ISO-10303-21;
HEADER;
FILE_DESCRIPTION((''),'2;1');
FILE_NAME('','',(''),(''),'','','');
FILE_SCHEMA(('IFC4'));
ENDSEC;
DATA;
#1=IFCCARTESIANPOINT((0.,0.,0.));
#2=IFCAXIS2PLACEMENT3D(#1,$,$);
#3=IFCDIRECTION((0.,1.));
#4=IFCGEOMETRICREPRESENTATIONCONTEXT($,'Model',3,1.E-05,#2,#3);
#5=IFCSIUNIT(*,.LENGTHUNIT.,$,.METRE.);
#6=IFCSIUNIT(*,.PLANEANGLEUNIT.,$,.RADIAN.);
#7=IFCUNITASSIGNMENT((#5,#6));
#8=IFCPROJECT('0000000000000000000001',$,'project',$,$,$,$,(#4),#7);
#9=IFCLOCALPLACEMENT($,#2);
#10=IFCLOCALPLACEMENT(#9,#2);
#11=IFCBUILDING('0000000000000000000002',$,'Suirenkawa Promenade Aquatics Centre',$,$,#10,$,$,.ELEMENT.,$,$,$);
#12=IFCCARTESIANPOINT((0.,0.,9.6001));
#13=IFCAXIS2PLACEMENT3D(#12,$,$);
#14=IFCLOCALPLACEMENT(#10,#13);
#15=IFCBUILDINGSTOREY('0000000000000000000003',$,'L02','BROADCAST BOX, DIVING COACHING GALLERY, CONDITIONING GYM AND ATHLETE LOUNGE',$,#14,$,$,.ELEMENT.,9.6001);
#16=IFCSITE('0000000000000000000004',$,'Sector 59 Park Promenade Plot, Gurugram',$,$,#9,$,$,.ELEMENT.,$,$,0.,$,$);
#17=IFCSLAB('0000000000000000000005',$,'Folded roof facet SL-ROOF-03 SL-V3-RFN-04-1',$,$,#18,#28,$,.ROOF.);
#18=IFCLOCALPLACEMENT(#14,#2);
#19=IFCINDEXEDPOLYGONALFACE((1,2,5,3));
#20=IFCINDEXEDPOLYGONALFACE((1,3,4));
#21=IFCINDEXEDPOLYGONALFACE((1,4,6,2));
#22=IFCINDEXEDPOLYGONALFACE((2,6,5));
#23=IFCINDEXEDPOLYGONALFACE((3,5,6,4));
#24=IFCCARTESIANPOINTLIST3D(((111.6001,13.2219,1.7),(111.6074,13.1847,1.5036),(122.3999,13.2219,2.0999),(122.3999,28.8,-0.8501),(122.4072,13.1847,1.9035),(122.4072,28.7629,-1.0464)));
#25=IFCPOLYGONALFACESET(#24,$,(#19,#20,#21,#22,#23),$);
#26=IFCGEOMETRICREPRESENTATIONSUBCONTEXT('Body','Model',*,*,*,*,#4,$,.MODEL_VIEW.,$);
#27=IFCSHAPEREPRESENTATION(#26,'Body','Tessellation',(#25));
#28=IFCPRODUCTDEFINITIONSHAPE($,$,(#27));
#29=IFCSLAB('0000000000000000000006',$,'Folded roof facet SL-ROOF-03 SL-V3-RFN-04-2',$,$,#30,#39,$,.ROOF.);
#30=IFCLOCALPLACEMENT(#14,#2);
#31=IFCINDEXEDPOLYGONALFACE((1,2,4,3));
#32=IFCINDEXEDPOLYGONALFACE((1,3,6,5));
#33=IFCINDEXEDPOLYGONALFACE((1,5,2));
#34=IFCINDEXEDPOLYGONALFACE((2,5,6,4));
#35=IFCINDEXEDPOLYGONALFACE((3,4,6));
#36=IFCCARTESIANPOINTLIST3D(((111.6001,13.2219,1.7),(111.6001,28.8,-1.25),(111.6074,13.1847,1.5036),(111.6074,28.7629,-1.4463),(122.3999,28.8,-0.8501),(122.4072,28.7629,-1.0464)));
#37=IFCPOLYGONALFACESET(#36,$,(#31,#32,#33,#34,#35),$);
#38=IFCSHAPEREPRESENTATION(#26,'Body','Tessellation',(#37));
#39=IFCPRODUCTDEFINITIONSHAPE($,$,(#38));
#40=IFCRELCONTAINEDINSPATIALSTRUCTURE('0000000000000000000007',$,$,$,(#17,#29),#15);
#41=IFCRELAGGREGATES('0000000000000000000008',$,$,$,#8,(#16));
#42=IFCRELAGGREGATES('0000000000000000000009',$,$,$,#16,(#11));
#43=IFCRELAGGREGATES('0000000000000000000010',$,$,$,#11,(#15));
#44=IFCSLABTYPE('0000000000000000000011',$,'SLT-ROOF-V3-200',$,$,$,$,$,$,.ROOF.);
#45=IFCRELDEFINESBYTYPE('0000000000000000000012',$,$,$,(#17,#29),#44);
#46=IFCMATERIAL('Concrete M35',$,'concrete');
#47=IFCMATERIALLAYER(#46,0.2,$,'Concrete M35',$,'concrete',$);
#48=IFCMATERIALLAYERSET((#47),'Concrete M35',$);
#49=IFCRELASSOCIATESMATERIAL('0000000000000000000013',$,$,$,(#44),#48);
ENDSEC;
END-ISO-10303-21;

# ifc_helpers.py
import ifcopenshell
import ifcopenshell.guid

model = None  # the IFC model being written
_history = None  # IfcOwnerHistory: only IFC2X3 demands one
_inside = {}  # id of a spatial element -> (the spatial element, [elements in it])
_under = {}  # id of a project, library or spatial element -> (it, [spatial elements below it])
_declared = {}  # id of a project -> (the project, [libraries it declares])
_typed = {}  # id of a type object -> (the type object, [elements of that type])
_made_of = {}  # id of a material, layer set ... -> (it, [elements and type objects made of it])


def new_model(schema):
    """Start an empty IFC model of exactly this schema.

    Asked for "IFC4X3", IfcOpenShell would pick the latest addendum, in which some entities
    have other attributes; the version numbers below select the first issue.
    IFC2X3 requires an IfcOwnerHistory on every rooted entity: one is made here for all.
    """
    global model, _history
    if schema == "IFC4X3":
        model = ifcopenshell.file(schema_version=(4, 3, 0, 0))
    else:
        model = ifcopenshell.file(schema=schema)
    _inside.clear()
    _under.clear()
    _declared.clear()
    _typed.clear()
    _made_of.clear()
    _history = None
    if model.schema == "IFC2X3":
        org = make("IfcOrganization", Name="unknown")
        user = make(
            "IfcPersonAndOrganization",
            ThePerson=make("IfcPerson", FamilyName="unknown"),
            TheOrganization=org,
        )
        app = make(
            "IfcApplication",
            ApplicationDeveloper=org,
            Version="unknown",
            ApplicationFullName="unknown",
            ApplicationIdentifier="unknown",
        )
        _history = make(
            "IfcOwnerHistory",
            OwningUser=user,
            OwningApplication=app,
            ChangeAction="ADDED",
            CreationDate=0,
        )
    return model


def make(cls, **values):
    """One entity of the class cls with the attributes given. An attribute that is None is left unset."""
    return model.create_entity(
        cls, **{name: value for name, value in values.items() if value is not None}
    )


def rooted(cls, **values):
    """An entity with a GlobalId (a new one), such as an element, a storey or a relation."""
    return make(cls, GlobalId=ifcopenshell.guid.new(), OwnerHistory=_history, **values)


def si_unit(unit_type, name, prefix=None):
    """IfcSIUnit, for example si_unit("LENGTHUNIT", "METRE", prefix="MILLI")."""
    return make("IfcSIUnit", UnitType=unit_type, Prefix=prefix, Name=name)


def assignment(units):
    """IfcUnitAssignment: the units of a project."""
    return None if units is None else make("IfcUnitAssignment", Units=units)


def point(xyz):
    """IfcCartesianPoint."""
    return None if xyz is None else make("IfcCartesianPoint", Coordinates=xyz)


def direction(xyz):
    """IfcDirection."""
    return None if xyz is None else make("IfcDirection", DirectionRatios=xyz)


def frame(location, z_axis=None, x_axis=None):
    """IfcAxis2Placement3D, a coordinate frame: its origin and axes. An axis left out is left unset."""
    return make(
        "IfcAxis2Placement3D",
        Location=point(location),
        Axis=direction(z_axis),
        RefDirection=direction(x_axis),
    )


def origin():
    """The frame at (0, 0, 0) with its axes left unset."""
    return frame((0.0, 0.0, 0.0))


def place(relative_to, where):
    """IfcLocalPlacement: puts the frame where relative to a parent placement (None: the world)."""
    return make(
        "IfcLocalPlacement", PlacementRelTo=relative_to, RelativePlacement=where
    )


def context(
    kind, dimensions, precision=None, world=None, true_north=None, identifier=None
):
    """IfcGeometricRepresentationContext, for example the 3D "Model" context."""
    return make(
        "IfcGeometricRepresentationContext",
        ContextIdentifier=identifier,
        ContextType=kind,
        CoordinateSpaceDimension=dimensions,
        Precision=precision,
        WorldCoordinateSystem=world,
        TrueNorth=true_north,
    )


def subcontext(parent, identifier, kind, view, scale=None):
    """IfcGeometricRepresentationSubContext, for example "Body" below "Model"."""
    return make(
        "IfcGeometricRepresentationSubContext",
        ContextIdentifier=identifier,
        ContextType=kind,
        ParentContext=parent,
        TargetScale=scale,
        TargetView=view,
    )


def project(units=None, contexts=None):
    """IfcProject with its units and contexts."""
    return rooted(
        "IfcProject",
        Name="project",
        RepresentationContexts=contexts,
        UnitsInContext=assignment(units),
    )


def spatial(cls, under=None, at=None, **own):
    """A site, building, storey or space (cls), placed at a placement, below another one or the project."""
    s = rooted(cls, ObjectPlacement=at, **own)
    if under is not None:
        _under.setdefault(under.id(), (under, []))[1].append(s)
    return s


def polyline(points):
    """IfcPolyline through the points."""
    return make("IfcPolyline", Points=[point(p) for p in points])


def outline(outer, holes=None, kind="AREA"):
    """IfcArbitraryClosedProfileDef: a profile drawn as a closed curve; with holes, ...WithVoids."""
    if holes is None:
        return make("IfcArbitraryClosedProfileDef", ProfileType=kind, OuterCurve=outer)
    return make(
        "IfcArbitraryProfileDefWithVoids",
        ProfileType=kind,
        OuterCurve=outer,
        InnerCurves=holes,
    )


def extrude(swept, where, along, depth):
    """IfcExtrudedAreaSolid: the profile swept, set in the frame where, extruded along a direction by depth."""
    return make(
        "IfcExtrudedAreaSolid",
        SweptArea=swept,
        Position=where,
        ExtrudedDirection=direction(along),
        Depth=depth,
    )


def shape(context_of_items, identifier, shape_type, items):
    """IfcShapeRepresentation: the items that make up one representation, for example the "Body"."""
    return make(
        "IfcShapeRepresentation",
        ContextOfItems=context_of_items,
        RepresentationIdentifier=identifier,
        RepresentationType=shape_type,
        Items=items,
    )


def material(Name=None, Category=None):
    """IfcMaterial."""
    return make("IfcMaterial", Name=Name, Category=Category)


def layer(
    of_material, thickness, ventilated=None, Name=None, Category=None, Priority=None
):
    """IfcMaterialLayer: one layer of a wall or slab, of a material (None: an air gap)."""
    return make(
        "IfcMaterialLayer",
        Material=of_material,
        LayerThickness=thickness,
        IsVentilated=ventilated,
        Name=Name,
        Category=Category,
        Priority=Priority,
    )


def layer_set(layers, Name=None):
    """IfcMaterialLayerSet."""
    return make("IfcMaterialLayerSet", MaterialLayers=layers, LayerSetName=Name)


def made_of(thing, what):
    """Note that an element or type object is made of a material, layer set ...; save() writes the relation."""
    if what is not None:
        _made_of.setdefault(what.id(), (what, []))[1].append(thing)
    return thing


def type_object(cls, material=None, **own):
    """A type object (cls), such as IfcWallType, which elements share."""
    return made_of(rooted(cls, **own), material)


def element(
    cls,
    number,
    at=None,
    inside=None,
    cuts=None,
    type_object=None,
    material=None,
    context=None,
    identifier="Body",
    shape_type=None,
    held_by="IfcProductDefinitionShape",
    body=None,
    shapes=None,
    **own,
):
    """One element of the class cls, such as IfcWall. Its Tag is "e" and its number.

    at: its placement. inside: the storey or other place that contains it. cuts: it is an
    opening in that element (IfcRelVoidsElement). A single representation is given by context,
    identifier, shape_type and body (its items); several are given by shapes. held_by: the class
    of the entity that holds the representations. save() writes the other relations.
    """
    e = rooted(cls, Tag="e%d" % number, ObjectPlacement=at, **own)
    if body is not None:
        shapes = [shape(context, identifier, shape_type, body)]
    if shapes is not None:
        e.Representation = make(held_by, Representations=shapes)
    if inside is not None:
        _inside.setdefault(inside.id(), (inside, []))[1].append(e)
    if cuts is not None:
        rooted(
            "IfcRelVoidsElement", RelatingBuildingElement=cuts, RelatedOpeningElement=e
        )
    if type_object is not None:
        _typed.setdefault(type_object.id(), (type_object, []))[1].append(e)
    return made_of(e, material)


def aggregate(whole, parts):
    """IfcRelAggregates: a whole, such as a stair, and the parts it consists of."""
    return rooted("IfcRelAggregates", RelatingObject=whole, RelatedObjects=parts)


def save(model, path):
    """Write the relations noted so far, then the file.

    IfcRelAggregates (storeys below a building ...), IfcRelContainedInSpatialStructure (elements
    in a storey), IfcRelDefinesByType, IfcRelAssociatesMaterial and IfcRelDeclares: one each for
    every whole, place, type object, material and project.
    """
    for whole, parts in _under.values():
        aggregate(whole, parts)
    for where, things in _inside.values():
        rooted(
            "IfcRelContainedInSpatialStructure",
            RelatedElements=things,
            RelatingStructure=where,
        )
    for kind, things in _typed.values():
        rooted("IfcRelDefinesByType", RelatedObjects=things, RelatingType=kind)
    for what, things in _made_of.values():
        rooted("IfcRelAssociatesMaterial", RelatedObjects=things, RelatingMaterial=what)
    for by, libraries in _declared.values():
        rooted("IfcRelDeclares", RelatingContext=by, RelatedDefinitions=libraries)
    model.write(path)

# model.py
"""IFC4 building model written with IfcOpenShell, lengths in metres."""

from ifc_helpers import new_model, si_unit, direction, frame, origin, place, context, subcontext, project, spatial, polyline, outline, extrude, material, layer, layer_set, type_object, element, save


model = new_model("IFC4")

# Units and contexts
model_context = context("Model", 3, precision=1e-05, world=origin(), true_north=direction((0.0, 1.0)))
body_context = subcontext(model_context, "Body", "Model", "MODEL_VIEW")
ifc_project = project(units=[si_unit("LENGTHUNIT", "METRE"), si_unit("PLANEANGLEUNIT", "RADIAN")], contexts=[model_context])

# Site, building, storey
site_placement = place(None, origin())
site = spatial("IfcSite", under=ifc_project, at=site_placement, Name="Sector 59 Park Promenade Plot, Gurugram", CompositionType="ELEMENT", RefElevation=0.0)
building_placement = place(site_placement, origin())
building = spatial("IfcBuilding", under=site, at=building_placement, Name="Suirenkawa Promenade Aquatics Centre", CompositionType="ELEMENT")
storey_placement = place(building_placement, frame((0.0, 0.0, 9.6001)))
storey = spatial("IfcBuildingStorey", under=building, at=storey_placement, Name="L02", Description="BROADCAST BOX, DIVING COACHING GALLERY, CONDITIONING GYM AND ATHLETE LOUNGE", CompositionType="ELEMENT", Elevation=9.6001)

# Slabs
ifc_material_1 = material(Name="Concrete M35", Category="concrete")
ifc_layer_1 = layer(ifc_material_1, 0.2, Name="Concrete M35", Category="concrete")
ifc_layer_set_1 = layer_set([ifc_layer_1], Name="Concrete M35")
slab_type = type_object("IfcSlabType", Name="SLT-ROOF-V3-200", PredefinedType="ROOF", material=ifc_layer_set_1)
slab_1_placement = place(storey_placement, frame((111.6001, 13.2219, 1.7), z_axis=(-0.036358, 0.185935, 0.981889), x_axis=(0.999315, 0.0, 0.037003)))
element("IfcSlab", 1, at=slab_1_placement, inside=storey, type_object=slab_type, Name="Folded roof facet SL-ROOF-03 SL-V3-RFN-04-1", PredefinedType="ROOF", context=body_context, shape_type="SweptSolid", body=[
    extrude(outline(polyline([(0.0, 0.0), (10.8072, 0.0), (10.698, 15.8546), (0.0, 0.0)])), origin(), (0.0, 0.0, -1.0), 0.2),
])
slab_2_placement = place(storey_placement, frame((111.6001, 13.2219, 1.7), z_axis=(-0.036358, 0.185935, 0.981889), x_axis=(0.564656, 0.814486, -0.133327)))
element("IfcSlab", 2, at=slab_2_placement, inside=storey, type_object=slab_type, Name="Folded roof facet SL-ROOF-03 SL-V3-RFN-04-2", PredefinedType="ROOF", context=body_context, shape_type="SweptSolid", body=[
    extrude(outline(polyline([(0.0, 0.0), (19.1263, 0.0), (13.0815, 8.9585), (0.0, 0.0)])), origin(), (0.0, 0.0, -1.0), 0.2),
])

save(model, "model.ifc")
